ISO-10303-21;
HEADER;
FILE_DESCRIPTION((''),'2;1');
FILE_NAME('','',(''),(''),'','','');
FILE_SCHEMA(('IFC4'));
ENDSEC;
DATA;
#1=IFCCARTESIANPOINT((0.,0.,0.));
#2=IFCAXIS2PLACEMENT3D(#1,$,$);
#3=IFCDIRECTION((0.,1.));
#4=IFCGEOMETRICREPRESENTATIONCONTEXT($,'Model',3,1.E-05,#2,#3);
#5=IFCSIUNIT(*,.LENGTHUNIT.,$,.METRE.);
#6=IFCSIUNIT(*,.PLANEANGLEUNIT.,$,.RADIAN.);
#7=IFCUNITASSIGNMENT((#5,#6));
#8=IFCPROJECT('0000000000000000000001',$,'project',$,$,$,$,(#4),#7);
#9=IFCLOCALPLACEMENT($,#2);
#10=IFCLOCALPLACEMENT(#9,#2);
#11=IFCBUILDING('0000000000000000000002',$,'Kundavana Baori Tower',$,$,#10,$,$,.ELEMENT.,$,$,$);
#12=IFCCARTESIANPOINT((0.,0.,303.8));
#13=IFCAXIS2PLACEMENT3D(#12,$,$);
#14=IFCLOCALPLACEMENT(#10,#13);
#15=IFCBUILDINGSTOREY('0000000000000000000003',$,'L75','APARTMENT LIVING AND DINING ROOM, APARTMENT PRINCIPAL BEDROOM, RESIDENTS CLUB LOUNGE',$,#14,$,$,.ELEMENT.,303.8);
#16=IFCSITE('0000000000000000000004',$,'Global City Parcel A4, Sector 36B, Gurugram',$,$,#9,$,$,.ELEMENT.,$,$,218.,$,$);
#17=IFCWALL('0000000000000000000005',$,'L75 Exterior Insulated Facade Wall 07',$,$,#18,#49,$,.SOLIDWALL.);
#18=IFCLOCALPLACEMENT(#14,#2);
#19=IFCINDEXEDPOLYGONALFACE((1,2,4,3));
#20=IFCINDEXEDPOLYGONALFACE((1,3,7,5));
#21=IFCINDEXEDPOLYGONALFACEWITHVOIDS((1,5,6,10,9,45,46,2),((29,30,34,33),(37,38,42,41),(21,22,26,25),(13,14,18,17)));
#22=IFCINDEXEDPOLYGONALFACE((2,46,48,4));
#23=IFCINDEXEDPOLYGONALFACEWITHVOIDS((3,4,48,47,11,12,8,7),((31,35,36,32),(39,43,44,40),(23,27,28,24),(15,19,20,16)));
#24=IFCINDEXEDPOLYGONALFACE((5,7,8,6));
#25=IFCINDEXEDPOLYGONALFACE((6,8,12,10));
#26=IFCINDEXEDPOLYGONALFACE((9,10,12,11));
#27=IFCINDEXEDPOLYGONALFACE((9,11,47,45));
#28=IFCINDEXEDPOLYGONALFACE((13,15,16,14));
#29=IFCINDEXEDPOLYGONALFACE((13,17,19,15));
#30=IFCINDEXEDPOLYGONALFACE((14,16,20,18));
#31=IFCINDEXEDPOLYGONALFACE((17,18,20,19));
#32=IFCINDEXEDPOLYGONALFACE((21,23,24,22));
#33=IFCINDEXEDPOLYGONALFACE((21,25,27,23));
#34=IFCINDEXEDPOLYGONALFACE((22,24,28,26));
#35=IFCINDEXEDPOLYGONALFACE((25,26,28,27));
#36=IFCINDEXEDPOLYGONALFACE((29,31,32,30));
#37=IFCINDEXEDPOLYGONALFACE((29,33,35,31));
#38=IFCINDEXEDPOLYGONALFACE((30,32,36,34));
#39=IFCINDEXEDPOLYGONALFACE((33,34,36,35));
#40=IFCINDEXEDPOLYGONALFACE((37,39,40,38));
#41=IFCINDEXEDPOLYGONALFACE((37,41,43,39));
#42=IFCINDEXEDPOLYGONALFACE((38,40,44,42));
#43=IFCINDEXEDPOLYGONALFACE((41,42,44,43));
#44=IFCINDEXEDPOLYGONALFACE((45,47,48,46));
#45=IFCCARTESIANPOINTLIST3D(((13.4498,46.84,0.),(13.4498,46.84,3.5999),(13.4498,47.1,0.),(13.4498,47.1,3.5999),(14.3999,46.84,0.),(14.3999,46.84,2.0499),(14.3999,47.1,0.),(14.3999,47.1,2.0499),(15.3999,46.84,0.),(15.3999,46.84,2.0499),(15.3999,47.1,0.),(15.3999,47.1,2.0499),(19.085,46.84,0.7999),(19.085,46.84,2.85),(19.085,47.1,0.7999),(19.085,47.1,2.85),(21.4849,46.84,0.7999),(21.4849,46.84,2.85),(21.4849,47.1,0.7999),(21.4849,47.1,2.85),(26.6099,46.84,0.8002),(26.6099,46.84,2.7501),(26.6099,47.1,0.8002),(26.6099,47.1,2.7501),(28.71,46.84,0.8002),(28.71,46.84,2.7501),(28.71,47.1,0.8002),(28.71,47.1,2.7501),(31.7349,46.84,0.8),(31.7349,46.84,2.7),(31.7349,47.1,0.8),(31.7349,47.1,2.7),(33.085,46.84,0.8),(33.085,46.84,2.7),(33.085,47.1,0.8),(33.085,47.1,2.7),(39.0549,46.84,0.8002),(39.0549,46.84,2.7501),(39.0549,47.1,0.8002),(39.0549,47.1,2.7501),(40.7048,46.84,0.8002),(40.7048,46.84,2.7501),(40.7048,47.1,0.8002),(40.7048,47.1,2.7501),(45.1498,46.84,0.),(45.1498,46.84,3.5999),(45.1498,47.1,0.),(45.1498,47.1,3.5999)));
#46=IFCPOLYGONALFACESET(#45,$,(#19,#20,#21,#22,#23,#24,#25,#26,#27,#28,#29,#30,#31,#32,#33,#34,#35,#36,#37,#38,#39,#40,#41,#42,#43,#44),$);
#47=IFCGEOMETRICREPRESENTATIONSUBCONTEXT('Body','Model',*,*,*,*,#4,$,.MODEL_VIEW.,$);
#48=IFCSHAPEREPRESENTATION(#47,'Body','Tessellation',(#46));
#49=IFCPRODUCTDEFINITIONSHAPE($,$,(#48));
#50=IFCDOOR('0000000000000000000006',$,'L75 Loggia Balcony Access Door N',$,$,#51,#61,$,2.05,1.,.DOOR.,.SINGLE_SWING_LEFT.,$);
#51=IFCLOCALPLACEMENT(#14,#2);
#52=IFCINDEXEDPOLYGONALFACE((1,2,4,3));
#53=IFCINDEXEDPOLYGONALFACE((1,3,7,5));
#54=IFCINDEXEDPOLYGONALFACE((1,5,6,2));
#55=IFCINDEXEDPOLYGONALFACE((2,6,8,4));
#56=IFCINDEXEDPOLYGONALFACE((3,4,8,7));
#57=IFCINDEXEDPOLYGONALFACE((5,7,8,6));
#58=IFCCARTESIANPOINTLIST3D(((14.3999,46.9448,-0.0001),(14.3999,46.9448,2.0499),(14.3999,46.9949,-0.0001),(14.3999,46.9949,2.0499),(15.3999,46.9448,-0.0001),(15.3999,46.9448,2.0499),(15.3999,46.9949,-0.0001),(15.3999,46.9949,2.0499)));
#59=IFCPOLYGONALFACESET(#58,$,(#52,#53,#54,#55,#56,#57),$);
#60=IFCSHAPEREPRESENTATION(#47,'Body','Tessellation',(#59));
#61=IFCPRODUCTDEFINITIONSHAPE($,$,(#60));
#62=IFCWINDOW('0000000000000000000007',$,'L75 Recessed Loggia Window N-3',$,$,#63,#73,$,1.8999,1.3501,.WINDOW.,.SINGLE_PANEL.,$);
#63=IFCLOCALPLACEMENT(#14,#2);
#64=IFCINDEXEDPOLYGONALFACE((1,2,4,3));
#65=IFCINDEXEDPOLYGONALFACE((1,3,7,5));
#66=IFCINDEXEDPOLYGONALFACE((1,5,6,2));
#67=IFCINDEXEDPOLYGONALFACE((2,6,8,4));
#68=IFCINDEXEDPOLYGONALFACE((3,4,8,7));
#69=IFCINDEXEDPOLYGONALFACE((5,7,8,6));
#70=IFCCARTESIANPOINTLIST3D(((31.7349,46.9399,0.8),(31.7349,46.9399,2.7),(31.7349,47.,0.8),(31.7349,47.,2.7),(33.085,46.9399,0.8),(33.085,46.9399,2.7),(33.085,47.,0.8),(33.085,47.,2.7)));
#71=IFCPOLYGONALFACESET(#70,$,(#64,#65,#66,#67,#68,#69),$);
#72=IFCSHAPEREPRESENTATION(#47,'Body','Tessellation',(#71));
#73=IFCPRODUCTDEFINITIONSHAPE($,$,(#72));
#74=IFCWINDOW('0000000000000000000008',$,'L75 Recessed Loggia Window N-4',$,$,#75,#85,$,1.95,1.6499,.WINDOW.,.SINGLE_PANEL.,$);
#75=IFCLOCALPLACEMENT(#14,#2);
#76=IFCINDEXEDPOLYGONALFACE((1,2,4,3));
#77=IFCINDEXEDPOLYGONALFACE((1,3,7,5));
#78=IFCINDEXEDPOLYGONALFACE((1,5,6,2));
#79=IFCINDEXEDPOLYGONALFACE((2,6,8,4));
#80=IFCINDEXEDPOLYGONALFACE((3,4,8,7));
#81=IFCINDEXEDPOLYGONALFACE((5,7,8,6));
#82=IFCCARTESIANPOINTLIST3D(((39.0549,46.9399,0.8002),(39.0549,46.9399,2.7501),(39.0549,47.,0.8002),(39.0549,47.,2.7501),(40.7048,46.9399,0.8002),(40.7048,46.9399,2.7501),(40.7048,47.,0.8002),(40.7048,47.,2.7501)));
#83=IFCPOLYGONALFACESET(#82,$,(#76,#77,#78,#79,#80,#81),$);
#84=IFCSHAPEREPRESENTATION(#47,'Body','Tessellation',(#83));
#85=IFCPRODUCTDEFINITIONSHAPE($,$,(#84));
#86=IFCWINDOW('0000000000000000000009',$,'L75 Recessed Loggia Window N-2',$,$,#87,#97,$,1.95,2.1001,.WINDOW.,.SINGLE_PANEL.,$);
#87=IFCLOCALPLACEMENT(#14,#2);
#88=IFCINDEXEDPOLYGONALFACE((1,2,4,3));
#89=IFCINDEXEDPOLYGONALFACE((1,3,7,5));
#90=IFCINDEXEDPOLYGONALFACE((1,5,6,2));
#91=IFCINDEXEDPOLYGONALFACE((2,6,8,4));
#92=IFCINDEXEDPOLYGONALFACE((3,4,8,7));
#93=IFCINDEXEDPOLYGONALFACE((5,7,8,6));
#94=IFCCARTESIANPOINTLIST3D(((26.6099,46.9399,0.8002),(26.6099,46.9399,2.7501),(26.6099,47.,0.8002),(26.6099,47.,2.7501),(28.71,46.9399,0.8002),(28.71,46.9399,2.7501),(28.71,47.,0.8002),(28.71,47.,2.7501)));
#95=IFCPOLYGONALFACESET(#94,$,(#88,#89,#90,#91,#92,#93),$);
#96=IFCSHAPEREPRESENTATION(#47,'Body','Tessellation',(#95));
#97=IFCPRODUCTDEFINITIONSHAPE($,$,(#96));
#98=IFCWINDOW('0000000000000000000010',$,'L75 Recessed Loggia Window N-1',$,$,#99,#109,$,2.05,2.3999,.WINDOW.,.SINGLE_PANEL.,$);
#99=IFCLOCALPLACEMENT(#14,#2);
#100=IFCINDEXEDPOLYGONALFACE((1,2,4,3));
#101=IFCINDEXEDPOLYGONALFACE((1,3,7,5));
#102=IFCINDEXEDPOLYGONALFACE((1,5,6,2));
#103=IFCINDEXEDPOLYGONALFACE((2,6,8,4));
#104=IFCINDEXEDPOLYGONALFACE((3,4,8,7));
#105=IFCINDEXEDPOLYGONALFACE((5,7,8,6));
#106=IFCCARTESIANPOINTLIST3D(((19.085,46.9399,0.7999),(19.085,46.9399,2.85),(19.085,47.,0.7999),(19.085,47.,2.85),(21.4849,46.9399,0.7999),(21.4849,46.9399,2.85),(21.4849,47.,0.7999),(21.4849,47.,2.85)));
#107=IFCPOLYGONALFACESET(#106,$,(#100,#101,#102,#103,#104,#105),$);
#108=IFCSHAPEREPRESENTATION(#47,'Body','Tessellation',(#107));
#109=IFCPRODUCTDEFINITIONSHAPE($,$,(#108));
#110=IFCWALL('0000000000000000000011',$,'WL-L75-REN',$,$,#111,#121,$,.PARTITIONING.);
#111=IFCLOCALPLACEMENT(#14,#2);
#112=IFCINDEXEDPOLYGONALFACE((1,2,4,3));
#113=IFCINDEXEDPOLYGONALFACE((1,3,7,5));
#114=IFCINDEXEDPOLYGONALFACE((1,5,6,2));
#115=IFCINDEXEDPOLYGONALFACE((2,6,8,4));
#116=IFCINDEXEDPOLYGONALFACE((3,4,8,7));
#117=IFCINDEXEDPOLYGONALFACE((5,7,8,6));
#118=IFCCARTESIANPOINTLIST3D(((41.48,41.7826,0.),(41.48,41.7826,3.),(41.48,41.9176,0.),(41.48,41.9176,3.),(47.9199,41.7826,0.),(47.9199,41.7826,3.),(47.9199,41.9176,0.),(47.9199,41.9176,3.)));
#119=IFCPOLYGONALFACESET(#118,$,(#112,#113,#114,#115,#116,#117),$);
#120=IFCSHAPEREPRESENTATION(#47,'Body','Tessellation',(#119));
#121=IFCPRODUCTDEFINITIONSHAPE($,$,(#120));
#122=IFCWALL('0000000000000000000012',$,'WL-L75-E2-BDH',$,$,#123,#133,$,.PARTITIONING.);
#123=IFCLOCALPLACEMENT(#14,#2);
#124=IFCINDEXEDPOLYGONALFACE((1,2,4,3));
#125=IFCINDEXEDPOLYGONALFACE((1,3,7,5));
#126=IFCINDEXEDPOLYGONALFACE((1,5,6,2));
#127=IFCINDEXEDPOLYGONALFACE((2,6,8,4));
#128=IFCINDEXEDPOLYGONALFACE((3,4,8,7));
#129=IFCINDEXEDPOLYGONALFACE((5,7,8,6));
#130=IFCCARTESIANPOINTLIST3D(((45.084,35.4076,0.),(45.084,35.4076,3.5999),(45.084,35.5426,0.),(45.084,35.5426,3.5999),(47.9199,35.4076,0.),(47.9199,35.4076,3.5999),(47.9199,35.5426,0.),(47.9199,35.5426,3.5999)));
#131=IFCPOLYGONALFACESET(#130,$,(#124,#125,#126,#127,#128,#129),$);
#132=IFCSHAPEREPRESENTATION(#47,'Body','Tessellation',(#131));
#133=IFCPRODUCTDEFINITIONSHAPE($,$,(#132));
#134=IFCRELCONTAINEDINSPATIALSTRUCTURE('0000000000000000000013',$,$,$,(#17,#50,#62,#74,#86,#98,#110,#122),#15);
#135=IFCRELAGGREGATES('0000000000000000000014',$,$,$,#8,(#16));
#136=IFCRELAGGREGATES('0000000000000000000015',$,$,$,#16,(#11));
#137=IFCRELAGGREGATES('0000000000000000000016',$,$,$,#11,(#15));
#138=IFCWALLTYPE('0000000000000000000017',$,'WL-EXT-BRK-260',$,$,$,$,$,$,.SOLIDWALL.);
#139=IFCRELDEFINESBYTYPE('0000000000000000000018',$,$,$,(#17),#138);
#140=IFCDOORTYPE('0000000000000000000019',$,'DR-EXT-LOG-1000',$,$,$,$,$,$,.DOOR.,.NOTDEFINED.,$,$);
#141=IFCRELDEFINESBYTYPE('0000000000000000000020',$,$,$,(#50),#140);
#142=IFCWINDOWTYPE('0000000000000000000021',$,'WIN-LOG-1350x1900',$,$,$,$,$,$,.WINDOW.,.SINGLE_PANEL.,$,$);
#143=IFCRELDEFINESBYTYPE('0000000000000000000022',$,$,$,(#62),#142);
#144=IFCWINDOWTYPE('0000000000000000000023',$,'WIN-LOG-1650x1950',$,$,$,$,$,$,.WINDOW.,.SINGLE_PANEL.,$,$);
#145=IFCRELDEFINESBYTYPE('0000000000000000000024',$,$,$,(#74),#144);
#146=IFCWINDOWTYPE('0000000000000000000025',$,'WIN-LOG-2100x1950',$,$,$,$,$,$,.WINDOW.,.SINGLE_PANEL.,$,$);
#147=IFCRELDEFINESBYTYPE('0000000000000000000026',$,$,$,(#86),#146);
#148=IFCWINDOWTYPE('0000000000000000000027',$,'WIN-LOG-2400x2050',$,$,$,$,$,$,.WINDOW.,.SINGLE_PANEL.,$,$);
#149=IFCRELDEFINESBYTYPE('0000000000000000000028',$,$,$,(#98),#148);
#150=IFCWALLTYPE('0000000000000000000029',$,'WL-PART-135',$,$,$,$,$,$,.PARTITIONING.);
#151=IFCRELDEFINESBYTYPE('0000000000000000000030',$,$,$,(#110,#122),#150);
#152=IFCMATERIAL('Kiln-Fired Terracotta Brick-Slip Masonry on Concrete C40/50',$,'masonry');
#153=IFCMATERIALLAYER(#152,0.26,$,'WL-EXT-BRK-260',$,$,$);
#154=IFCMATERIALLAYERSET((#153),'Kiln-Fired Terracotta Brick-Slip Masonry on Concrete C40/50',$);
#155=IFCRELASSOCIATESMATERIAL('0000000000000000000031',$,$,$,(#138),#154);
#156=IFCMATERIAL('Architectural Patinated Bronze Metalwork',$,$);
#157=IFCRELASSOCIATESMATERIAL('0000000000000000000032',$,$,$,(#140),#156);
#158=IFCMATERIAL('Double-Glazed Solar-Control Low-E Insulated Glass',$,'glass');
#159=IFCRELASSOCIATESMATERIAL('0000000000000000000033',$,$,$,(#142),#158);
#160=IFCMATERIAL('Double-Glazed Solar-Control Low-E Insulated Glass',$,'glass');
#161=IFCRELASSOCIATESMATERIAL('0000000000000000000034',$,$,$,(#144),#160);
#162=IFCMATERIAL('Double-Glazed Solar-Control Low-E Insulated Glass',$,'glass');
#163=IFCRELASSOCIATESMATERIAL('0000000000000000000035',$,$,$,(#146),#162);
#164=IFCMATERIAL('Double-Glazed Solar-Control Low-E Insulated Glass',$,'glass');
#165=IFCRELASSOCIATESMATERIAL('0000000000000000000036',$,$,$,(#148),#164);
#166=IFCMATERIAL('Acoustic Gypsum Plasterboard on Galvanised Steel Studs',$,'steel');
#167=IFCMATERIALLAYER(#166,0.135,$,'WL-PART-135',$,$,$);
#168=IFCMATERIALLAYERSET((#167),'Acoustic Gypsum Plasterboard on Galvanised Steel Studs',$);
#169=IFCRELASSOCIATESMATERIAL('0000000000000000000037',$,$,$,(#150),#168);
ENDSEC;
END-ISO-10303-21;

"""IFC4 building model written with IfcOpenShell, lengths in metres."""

from ifc_helpers import new_model, si_unit, direction, frame, frame_2d, origin, place, context, subcontext, project, spatial, rectangle, extrude, material, layer, layer_set, type_object, element, fill, save


model = new_model("IFC4")

# Units and contexts
model_context = context("Model", 3, precision=1e-05, world=origin(), true_north=direction((0.0, 1.0)))
body_context = subcontext(model_context, "Body", "Model", "MODEL_VIEW")
ifc_project = project(units=[si_unit("LENGTHUNIT", "METRE"), si_unit("PLANEANGLEUNIT", "RADIAN")], contexts=[model_context])

# Site, building, storey
site_placement = place(None, origin())
site = spatial("IfcSite", under=ifc_project, at=site_placement, Name="Global City Parcel A4, Sector 36B, Gurugram", CompositionType="ELEMENT", RefElevation=218.0)
building_placement = place(site_placement, origin())
building = spatial("IfcBuilding", under=site, at=building_placement, Name="Kundavana Baori Tower", CompositionType="ELEMENT")
storey_placement = place(building_placement, frame((0.0, 0.0, 303.8)))
storey = spatial("IfcBuildingStorey", under=building, at=storey_placement, Name="L75", Description="APARTMENT LIVING AND DINING ROOM, APARTMENT PRINCIPAL BEDROOM, RESIDENTS CLUB LOUNGE", CompositionType="ELEMENT", Elevation=303.8)

# Shared definitions
ifc_material_1 = material(Name="Kiln-Fired Terracotta Brick-Slip Masonry on Concrete C40/50", Category="masonry")
ifc_layer_1 = layer(ifc_material_1, 0.26, Name="WL-EXT-BRK-260")
ifc_layer_set_1 = layer_set([ifc_layer_1], Name="Kiln-Fired Terracotta Brick-Slip Masonry on Concrete C40/50")
wall_type_1 = type_object("IfcWallType", Name="WL-EXT-BRK-260", PredefinedType="SOLIDWALL", material=ifc_layer_set_1)

# Wall, openings, door, windows
wall_1_placement = place(storey_placement, frame((45.1499, 46.97, 0.0), z_axis=(0.0, 0.0, 1.0), x_axis=(-1.0, 0.0, 0.0)))
wall_1 = element("IfcWall", 1, at=wall_1_placement, inside=storey, type_object=wall_type_1, Name="L75 Exterior Insulated Facade Wall 07", PredefinedType="SOLIDWALL", context=body_context, shape_type="SweptSolid", body=[
    extrude(rectangle(XDim=31.7, YDim=0.26, at=frame_2d((15.8501, 0.0))), origin(), (0.0, 0.0, 1.0), 3.5999),
])
opening_1_placement = place(wall_1_placement, frame((29.75, 0.0, 0.0)))
opening_1 = element("IfcOpeningElement", 2, at=opening_1_placement, cuts=wall_1, PredefinedType="OPENING", context=body_context, shape_type="SweptSolid", body=[
    extrude(rectangle(XDim=1.0, YDim=2.05, at=frame_2d((0.5, 1.0249))), frame((0.0, 0.1401, 0.0), z_axis=(0.0, -1.0, 0.0), x_axis=(1.0, 0.0, 0.0)), (0.0, 0.0, 1.0), 0.28),
])
opening_2_placement = place(wall_1_placement, frame((23.665, 0.0, 0.8)))
opening_2 = element("IfcOpeningElement", 3, at=opening_2_placement, cuts=wall_1, PredefinedType="OPENING", context=body_context, shape_type="SweptSolid", body=[
    extrude(rectangle(XDim=2.3999, YDim=2.05, at=frame_2d((1.2, 1.0249))), frame((0.0, 0.1401, 0.0), z_axis=(0.0, -1.0, 0.0), x_axis=(1.0, 0.0, 0.0)), (0.0, 0.0, 1.0), 0.28),
])
opening_3_placement = place(wall_1_placement, frame((16.4399, 0.0, 0.8)))
opening_3 = element("IfcOpeningElement", 4, at=opening_3_placement, cuts=wall_1, PredefinedType="OPENING", context=body_context, shape_type="SweptSolid", body=[
    extrude(rectangle(XDim=2.1001, YDim=1.95, at=frame_2d((1.05, 0.9751))), frame((0.0, 0.1401, 0.0), z_axis=(0.0, -1.0, 0.0), x_axis=(1.0, 0.0, 0.0)), (0.0, 0.0, 1.0), 0.28),
])
opening_4_placement = place(wall_1_placement, frame((12.0649, 0.0, 0.8)))
opening_4 = element("IfcOpeningElement", 5, at=opening_4_placement, cuts=wall_1, PredefinedType="OPENING", context=body_context, shape_type="SweptSolid", body=[
    extrude(rectangle(XDim=1.3501, YDim=1.8999, at=frame_2d((0.675, 0.95))), frame((0.0, 0.1401, 0.0), z_axis=(0.0, -1.0, 0.0), x_axis=(1.0, 0.0, 0.0)), (0.0, 0.0, 1.0), 0.28),
])
opening_5_placement = place(wall_1_placement, frame((4.4451, 0.0, 0.8)))
opening_5 = element("IfcOpeningElement", 6, at=opening_5_placement, cuts=wall_1, PredefinedType="OPENING", context=body_context, shape_type="SweptSolid", body=[
    extrude(rectangle(XDim=1.6499, YDim=1.95, at=frame_2d((0.825, 0.9751))), frame((0.0, 0.1401, 0.0), z_axis=(0.0, -1.0, 0.0), x_axis=(1.0, 0.0, 0.0)), (0.0, 0.0, 1.0), 0.28),
])
ifc_material_2 = material(Name="Architectural Patinated Bronze Metalwork")
door_type_1 = type_object("IfcDoorType", Name="DR-EXT-LOG-1000", OperationType="NOTDEFINED", PredefinedType="DOOR", material=ifc_material_2)
door_1_placement = place(opening_1_placement, frame((1.0, 0.0, 0.0), z_axis=(0.0, 0.0, 1.0), x_axis=(-1.0, 0.0, 0.0)))
door_1 = element("IfcDoor", 7, at=door_1_placement, inside=storey, type_object=door_type_1, Name="L75 Loggia Balcony Access Door N", OperationType="SINGLE_SWING_LEFT", OverallHeight=2.05, OverallWidth=1.0, PredefinedType="DOOR", context=body_context, shape_type="SweptSolid", body=[
    extrude(rectangle(XDim=1.0, YDim=2.05, at=frame_2d((0.5, 1.0249))), frame((0.0, 0.0249, 0.0), z_axis=(0.0, -1.0, 0.0), x_axis=(1.0, 0.0, 0.0)), (0.0, 0.0, 1.0), 0.05),
])
fill(opening_1, door_1)
ifc_material_3 = material(Name="Double-Glazed Solar-Control Low-E Insulated Glass", Category="glass")
window_type_1 = type_object("IfcWindowType", Name="WIN-LOG-1350x1900", PartitioningType="SINGLE_PANEL", PredefinedType="WINDOW", material=ifc_material_3)
window_1_placement = place(opening_4_placement, origin())
window_1 = element("IfcWindow", 8, at=window_1_placement, inside=storey, type_object=window_type_1, Name="L75 Recessed Loggia Window N-3", OverallHeight=1.8999, OverallWidth=1.3501, PartitioningType="SINGLE_PANEL", PredefinedType="WINDOW", context=body_context, shape_type="SweptSolid", body=[
    extrude(rectangle(XDim=1.3501, YDim=1.8999, at=frame_2d((0.675, 0.95))), frame((0.0, 0.03, 0.0), z_axis=(0.0, -1.0, 0.0), x_axis=(1.0, 0.0, 0.0)), (0.0, 0.0, 1.0), 0.0601),
])
fill(opening_4, window_1)
ifc_material_4 = material(Name="Double-Glazed Solar-Control Low-E Insulated Glass", Category="glass")
window_type_2 = type_object("IfcWindowType", Name="WIN-LOG-1650x1950", PartitioningType="SINGLE_PANEL", PredefinedType="WINDOW", material=ifc_material_4)
window_2_placement = place(opening_5_placement, origin())
window_2 = element("IfcWindow", 9, at=window_2_placement, inside=storey, type_object=window_type_2, Name="L75 Recessed Loggia Window N-4", OverallHeight=1.95, OverallWidth=1.6499, PartitioningType="SINGLE_PANEL", PredefinedType="WINDOW", context=body_context, shape_type="SweptSolid", body=[
    extrude(rectangle(XDim=1.6499, YDim=1.95, at=frame_2d((0.825, 0.9751))), frame((0.0, 0.03, 0.0), z_axis=(0.0, -1.0, 0.0), x_axis=(1.0, 0.0, 0.0)), (0.0, 0.0, 1.0), 0.0601),
])
fill(opening_5, window_2)
ifc_material_5 = material(Name="Double-Glazed Solar-Control Low-E Insulated Glass", Category="glass")
window_type_3 = type_object("IfcWindowType", Name="WIN-LOG-2100x1950", PartitioningType="SINGLE_PANEL", PredefinedType="WINDOW", material=ifc_material_5)
window_3_placement = place(opening_3_placement, origin())
window_3 = element("IfcWindow", 10, at=window_3_placement, inside=storey, type_object=window_type_3, Name="L75 Recessed Loggia Window N-2", OverallHeight=1.95, OverallWidth=2.1001, PartitioningType="SINGLE_PANEL", PredefinedType="WINDOW", context=body_context, shape_type="SweptSolid", body=[
    extrude(rectangle(XDim=2.1001, YDim=1.95, at=frame_2d((1.05, 0.9751))), frame((0.0, 0.03, 0.0), z_axis=(0.0, -1.0, 0.0), x_axis=(1.0, 0.0, 0.0)), (0.0, 0.0, 1.0), 0.0601),
])
fill(opening_3, window_3)
ifc_material_6 = material(Name="Double-Glazed Solar-Control Low-E Insulated Glass", Category="glass")
window_type_4 = type_object("IfcWindowType", Name="WIN-LOG-2400x2050", PartitioningType="SINGLE_PANEL", PredefinedType="WINDOW", material=ifc_material_6)
window_4_placement = place(opening_2_placement, origin())
window_4 = element("IfcWindow", 11, at=window_4_placement, inside=storey, type_object=window_type_4, Name="L75 Recessed Loggia Window N-1", OverallHeight=2.05, OverallWidth=2.3999, PartitioningType="SINGLE_PANEL", PredefinedType="WINDOW", context=body_context, shape_type="SweptSolid", body=[
    extrude(rectangle(XDim=2.3999, YDim=2.05, at=frame_2d((1.2, 1.0249))), frame((0.0, 0.03, 0.0), z_axis=(0.0, -1.0, 0.0), x_axis=(1.0, 0.0, 0.0)), (0.0, 0.0, 1.0), 0.0601),
])
fill(opening_2, window_4)

# Walls
ifc_material_7 = material(Name="Acoustic Gypsum Plasterboard on Galvanised Steel Studs", Category="steel")
ifc_layer_2 = layer(ifc_material_7, 0.135, Name="WL-PART-135")
ifc_layer_set_2 = layer_set([ifc_layer_2], Name="Acoustic Gypsum Plasterboard on Galvanised Steel Studs")
wall_type_2 = type_object("IfcWallType", Name="WL-PART-135", PredefinedType="PARTITIONING", material=ifc_layer_set_2)
wall_2_placement = place(storey_placement, frame((41.48, 41.8501, 0.0), z_axis=(0.0, 0.0, 1.0), x_axis=(1.0, 0.0, 0.0)))
element("IfcWall", 12, at=wall_2_placement, inside=storey, type_object=wall_type_2, Name="WL-L75-REN", PredefinedType="PARTITIONING", context=body_context, shape_type="SweptSolid", body=[
    extrude(rectangle(XDim=6.4399, YDim=0.135, at=frame_2d((3.22, 0.0))), origin(), (0.0, 0.0, 1.0), 3.0),
])
wall_3_placement = place(storey_placement, frame((45.084, 35.4751, 0.0), z_axis=(0.0, 0.0, 1.0), x_axis=(1.0, 0.0, 0.0)))
element("IfcWall", 13, at=wall_3_placement, inside=storey, type_object=wall_type_2, Name="WL-L75-E2-BDH", PredefinedType="PARTITIONING", context=body_context, shape_type="SweptSolid", body=[
    extrude(rectangle(XDim=2.8359, YDim=0.135, at=frame_2d((1.418, 0.0))), origin(), (0.0, 0.0, 1.0), 3.5999),
])

save(model, "model.ifc")
